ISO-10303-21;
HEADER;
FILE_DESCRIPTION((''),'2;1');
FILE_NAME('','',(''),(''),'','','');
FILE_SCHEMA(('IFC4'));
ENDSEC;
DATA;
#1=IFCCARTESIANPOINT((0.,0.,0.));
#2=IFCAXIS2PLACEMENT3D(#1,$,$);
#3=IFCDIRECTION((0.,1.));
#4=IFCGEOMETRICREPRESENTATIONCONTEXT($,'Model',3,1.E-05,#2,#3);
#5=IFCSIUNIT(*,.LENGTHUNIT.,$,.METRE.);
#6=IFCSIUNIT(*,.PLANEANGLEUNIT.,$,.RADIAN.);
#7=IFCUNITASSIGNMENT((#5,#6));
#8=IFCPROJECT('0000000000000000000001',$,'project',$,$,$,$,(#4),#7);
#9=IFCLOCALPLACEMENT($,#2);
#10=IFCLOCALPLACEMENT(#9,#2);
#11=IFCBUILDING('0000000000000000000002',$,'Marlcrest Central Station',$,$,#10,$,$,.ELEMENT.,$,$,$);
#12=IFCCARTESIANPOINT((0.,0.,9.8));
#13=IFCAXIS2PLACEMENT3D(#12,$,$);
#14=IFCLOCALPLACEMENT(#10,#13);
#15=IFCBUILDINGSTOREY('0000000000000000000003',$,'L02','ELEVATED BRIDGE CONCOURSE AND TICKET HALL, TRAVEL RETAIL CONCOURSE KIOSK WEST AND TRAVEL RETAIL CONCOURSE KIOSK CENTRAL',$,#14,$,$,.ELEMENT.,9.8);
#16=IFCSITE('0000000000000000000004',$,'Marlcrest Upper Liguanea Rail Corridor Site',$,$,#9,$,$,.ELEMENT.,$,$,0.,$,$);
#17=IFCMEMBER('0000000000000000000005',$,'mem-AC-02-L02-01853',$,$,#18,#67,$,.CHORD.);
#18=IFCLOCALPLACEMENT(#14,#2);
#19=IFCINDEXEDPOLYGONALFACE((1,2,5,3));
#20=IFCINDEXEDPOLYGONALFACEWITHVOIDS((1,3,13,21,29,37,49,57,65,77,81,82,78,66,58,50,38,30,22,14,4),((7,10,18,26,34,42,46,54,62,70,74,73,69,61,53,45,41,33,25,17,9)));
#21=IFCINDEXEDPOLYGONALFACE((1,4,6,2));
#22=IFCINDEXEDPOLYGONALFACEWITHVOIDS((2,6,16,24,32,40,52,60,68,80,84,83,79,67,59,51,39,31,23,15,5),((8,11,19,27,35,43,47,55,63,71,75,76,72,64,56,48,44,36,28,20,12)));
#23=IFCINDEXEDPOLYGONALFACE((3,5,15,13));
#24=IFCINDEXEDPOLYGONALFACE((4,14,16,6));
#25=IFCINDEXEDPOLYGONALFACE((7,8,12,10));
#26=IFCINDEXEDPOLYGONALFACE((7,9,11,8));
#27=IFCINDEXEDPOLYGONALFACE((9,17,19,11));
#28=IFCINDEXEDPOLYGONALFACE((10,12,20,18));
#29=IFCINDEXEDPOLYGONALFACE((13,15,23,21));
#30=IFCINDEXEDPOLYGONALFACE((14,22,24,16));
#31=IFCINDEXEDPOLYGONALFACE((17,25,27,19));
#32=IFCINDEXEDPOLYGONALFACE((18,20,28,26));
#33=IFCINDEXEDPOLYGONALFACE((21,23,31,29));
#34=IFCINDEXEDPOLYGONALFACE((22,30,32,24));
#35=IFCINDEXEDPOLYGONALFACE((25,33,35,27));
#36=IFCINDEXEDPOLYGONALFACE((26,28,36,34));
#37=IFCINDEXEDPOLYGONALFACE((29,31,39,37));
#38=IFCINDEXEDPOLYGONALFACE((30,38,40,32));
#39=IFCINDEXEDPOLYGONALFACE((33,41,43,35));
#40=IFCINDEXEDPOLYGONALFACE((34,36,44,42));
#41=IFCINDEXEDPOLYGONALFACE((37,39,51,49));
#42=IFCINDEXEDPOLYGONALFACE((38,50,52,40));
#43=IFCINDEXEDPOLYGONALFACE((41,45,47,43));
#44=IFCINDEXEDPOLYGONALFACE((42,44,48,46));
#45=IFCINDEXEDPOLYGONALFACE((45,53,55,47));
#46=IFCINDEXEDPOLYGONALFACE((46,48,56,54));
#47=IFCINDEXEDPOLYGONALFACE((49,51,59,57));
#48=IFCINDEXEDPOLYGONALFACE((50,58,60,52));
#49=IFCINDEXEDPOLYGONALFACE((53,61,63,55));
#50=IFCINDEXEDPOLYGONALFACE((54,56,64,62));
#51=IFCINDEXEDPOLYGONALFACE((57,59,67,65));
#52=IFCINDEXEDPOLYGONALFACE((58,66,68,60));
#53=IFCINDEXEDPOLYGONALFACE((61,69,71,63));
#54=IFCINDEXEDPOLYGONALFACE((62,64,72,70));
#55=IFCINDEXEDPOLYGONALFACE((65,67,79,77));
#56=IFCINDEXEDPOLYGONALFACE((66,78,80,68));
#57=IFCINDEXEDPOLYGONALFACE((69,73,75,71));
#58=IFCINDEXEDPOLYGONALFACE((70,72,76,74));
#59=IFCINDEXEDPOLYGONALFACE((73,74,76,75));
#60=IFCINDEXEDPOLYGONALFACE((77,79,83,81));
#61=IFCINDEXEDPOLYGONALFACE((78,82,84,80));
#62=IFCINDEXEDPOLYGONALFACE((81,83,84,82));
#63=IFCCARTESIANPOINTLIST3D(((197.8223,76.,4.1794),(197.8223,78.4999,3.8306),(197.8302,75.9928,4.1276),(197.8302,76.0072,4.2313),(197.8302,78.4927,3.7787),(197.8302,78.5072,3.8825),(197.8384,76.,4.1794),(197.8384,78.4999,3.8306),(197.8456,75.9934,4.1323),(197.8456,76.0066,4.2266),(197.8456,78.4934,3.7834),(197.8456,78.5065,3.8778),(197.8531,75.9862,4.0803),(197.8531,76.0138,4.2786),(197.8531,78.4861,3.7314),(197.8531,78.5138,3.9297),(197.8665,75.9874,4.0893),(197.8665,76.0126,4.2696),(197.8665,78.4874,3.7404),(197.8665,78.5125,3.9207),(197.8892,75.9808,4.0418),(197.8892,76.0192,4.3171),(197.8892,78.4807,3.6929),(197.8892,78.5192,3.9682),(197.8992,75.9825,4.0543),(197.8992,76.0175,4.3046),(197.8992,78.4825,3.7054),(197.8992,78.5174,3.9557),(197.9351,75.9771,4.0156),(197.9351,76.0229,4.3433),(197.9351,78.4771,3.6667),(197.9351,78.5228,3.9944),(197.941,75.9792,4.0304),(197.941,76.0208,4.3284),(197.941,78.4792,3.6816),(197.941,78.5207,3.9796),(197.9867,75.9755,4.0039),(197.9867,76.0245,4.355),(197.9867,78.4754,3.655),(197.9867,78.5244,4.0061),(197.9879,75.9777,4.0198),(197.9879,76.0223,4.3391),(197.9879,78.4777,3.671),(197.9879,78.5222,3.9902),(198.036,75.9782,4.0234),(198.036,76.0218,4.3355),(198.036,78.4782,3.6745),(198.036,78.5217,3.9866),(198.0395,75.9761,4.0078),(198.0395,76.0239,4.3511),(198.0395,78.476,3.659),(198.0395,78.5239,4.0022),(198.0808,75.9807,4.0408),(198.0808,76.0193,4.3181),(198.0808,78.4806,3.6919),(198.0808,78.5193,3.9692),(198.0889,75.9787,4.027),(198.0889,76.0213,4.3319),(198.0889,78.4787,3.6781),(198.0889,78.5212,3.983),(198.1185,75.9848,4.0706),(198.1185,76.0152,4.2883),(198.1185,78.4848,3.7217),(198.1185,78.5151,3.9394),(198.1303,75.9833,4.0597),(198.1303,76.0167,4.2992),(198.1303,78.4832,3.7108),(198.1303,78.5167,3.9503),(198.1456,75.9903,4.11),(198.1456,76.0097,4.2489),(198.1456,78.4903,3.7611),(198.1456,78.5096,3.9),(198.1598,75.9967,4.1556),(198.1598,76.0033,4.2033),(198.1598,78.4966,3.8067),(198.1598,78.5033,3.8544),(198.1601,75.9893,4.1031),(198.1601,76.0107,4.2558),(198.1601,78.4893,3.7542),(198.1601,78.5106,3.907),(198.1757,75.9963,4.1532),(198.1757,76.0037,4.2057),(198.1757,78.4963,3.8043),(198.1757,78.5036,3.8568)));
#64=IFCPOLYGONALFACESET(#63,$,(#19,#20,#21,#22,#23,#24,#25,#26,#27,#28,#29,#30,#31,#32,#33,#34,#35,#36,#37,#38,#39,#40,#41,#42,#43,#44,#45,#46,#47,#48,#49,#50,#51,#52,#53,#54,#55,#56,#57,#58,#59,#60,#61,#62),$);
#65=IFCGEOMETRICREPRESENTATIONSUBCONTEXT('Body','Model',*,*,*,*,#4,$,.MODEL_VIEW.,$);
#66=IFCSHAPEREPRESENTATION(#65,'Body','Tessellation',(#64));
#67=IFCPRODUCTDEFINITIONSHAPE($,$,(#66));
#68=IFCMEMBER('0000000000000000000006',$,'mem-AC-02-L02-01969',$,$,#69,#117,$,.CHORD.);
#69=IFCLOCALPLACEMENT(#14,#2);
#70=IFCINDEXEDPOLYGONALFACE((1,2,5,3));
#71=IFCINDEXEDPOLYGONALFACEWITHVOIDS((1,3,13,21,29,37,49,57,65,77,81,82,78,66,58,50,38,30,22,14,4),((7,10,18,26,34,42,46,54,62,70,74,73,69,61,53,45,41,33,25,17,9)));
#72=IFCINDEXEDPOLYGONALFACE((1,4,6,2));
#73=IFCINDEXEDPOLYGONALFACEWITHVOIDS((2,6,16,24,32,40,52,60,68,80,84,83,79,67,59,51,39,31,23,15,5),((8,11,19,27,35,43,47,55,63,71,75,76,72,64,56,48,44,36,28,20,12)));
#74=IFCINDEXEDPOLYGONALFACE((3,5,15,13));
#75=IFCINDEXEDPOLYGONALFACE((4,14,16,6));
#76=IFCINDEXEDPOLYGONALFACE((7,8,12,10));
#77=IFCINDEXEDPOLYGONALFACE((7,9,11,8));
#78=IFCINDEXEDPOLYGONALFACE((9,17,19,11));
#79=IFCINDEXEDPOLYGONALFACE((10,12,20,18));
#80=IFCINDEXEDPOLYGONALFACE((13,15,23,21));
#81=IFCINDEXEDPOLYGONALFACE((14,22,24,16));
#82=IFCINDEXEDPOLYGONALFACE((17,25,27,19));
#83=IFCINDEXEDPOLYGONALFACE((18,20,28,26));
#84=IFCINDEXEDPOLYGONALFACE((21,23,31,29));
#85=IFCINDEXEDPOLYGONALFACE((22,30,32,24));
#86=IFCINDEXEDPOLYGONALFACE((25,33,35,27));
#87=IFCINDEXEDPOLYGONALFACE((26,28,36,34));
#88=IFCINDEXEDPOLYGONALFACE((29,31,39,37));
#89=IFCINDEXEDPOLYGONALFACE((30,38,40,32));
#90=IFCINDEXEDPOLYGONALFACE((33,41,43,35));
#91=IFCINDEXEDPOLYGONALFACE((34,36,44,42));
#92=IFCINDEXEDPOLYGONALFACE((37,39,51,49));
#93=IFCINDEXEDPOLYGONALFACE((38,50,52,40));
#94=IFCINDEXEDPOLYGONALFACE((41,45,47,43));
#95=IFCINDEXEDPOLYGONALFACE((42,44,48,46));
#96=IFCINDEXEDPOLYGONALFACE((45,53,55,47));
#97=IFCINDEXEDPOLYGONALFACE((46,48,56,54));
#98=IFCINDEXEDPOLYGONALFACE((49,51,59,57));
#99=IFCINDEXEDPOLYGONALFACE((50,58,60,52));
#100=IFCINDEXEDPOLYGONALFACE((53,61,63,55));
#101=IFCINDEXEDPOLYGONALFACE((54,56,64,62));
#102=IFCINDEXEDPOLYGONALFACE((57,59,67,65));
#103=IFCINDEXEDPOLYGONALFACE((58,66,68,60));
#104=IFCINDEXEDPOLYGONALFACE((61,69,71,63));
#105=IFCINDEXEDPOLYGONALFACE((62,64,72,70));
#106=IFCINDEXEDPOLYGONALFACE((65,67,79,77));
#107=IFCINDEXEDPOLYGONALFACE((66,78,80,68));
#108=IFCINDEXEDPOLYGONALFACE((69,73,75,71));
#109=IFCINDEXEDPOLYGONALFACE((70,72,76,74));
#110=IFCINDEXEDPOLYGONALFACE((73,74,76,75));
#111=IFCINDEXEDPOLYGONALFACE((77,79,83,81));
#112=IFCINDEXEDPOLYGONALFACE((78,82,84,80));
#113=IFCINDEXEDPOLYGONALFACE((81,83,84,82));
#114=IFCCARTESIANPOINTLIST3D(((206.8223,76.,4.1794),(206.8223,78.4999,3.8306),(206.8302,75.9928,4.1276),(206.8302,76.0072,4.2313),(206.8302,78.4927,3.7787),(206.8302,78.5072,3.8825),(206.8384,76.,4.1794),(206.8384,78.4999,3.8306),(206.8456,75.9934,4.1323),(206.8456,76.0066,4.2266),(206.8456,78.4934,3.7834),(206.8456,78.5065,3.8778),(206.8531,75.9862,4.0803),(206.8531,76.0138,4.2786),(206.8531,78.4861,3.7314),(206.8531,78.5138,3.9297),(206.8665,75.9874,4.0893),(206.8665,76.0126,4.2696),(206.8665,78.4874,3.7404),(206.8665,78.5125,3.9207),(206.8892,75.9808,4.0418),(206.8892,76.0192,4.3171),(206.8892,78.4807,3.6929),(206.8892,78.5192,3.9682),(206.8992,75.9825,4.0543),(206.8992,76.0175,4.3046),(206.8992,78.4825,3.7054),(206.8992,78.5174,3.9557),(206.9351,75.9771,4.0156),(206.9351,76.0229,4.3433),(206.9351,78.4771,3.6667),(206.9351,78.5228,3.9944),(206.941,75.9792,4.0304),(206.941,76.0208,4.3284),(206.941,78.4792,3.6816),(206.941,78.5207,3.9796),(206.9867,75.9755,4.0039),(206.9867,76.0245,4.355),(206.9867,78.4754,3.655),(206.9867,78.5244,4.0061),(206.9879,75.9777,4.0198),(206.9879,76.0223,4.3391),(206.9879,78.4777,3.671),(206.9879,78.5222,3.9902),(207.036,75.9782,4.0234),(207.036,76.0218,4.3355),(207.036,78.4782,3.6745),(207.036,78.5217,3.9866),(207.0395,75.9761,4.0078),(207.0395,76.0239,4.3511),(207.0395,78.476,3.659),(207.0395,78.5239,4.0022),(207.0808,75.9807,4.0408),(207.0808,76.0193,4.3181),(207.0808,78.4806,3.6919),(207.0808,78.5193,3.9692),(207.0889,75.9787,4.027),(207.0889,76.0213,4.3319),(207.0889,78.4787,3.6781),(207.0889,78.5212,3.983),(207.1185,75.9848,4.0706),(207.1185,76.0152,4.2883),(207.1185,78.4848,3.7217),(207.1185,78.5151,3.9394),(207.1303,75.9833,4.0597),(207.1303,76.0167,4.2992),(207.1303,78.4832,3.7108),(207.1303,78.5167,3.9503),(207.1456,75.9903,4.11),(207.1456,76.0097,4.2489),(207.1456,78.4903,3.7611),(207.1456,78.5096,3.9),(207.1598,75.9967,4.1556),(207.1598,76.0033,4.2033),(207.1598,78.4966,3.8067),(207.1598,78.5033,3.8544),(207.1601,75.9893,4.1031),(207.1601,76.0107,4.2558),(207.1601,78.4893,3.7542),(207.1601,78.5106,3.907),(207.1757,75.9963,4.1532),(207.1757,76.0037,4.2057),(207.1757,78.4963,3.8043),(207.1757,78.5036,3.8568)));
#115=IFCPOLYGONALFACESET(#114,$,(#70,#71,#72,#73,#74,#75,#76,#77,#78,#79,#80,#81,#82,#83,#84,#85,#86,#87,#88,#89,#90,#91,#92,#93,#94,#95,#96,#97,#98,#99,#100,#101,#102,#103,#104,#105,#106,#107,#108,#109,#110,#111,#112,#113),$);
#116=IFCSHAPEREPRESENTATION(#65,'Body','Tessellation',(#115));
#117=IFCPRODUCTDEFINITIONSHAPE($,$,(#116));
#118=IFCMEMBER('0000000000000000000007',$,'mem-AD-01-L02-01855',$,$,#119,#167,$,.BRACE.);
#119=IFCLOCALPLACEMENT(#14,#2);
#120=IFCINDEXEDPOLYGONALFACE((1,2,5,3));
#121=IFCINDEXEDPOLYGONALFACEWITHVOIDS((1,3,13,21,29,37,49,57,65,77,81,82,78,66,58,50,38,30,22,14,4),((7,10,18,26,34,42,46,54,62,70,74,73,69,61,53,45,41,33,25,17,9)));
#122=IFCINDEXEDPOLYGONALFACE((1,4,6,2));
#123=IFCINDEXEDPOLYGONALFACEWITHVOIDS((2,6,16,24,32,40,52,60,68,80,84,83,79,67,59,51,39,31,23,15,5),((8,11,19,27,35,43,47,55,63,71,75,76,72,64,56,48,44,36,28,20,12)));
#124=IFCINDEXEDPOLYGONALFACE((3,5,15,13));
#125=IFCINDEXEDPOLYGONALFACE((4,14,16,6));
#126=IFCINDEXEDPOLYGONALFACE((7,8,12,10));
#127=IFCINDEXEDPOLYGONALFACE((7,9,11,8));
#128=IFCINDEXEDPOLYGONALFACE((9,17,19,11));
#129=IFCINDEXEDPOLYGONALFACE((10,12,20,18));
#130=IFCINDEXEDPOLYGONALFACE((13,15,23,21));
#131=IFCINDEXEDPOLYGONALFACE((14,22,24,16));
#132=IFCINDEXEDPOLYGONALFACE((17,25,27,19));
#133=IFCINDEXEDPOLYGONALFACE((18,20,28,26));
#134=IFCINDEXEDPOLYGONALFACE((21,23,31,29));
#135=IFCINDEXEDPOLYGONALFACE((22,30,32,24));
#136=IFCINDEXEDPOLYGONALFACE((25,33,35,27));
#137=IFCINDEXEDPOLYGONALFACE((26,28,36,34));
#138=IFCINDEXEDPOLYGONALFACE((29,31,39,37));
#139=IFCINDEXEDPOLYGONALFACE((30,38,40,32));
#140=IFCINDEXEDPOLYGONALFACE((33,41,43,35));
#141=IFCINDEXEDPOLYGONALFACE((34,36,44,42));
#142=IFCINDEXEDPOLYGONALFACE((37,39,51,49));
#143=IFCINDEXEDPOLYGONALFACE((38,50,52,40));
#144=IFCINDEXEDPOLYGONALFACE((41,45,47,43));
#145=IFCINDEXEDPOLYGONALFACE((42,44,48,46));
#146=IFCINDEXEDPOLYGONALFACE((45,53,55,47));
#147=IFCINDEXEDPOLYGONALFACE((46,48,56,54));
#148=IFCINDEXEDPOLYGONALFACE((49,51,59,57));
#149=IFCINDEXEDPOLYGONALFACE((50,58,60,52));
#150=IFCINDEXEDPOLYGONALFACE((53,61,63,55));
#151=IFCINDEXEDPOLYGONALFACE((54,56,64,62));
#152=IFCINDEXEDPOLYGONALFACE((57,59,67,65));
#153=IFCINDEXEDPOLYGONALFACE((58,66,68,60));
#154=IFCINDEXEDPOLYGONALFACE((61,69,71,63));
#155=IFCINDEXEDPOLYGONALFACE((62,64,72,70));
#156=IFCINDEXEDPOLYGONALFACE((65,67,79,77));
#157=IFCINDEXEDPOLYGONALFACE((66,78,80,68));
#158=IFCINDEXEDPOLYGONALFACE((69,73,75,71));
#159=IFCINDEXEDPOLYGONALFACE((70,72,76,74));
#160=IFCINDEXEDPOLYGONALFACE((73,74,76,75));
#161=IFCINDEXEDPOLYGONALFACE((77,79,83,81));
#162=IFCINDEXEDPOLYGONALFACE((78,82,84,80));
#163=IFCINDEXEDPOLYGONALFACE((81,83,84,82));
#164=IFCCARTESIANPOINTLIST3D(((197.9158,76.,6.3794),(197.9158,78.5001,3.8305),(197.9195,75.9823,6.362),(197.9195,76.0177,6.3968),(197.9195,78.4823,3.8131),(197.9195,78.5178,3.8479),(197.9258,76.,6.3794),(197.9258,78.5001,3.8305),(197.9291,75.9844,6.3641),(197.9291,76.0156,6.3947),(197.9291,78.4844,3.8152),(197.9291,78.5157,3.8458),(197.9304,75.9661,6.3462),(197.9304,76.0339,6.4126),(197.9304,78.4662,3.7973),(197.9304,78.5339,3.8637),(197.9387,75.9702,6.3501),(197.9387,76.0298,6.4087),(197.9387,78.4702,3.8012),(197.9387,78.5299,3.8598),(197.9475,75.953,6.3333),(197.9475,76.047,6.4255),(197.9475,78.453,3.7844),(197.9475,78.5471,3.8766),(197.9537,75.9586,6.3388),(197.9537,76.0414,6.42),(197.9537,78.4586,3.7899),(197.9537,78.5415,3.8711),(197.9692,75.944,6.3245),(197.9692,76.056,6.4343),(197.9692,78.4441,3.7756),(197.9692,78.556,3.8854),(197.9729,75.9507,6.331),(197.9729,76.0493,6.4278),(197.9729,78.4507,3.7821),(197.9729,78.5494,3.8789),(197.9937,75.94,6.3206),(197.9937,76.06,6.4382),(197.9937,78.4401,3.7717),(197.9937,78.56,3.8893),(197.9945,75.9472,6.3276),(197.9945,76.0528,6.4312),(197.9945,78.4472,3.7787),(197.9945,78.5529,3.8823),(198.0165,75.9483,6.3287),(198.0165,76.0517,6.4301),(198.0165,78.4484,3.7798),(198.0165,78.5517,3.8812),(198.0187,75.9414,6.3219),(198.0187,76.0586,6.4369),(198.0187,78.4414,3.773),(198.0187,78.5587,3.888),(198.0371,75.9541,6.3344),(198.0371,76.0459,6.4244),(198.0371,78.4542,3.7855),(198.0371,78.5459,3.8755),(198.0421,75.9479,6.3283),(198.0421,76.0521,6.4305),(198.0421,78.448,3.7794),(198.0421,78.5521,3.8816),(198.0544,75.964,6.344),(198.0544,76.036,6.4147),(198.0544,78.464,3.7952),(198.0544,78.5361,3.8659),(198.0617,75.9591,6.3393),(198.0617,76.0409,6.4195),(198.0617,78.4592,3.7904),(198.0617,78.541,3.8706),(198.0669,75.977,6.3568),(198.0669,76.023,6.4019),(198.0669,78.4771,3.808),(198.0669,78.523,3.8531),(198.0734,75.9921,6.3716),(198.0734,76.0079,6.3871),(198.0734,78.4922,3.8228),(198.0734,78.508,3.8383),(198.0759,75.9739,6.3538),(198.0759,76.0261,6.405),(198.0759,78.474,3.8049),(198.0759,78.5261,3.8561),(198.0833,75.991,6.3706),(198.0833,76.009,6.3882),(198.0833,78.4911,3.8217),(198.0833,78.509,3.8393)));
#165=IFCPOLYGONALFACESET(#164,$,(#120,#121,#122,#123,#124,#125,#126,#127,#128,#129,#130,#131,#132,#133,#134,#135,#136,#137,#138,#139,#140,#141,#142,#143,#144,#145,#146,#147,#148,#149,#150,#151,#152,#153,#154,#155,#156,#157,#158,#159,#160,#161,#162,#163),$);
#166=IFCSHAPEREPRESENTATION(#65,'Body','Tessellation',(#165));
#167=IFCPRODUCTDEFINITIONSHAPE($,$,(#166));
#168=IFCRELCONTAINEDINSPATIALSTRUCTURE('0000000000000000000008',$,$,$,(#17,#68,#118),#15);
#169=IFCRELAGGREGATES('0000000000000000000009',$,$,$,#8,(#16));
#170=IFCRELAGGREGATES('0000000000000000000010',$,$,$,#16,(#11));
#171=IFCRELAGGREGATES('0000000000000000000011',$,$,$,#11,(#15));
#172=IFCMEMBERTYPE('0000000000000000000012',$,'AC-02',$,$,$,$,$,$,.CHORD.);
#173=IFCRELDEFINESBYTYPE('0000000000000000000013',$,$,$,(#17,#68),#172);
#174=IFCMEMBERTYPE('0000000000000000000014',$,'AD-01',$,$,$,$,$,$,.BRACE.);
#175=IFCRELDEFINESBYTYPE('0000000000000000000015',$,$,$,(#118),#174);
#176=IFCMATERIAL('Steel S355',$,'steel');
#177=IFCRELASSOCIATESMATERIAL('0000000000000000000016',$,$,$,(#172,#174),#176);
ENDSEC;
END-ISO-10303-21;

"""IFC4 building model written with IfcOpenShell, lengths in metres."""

from ifc_helpers import new_model, si_unit, direction, frame, origin, origin_2d, place, context, subcontext, project, spatial, hollow_circle, extrude, material, material_profile, profile_set, type_object, element, save


model = new_model("IFC4")

# Units and contexts
model_context = context("Model", 3, precision=1e-05, world=origin(), true_north=direction((0.0, 1.0)))
body_context = subcontext(model_context, "Body", "Model", "MODEL_VIEW")
ifc_project = project(units=[si_unit("LENGTHUNIT", "METRE"), si_unit("PLANEANGLEUNIT", "RADIAN")], contexts=[model_context])

# Site, building, storey
site_placement = place(None, origin())
site = spatial("IfcSite", under=ifc_project, at=site_placement, Name="Marlcrest Upper Liguanea Rail Corridor Site", CompositionType="ELEMENT", RefElevation=0.0)
building_placement = place(site_placement, origin())
building = spatial("IfcBuilding", under=site, at=building_placement, Name="Marlcrest Central Station", CompositionType="ELEMENT")
storey_placement = place(building_placement, frame((0.0, 0.0, 9.8)))
storey = spatial("IfcBuildingStorey", under=building, at=storey_placement, Name="L02", Description="ELEVATED BRIDGE CONCOURSE AND TICKET HALL, TRAVEL RETAIL CONCOURSE KIOSK WEST AND TRAVEL RETAIL CONCOURSE KIOSK CENTRAL", CompositionType="ELEMENT", Elevation=9.8)

# Members
ifc_material = material(Name="Steel S355", Category="steel")
ifc_material_profile_1 = material_profile(ifc_material, hollow_circle(Radius=0.1777, WallThickness=0.0161, at=origin_2d()), Name="CHS 355.6x16")
ifc_profile_set_1 = profile_set([ifc_material_profile_1], Name="Steel S355")
member_type_1 = type_object("IfcMemberType", Name="AC-02", PredefinedType="CHORD", material=ifc_profile_set_1)
for number, where, z_axis, x_axis, name in (
    (1, (198.0, 76.0, 4.1794), (0.0, 0.990403, -0.138211), (-1.0, 0.0, 0.0), "mem-AC-02-L02-01853"),
    (2, (207.0, 76.0, 4.1794), (0.0, 0.990403, -0.138211), (-1.0, 0.0, 0.0), "mem-AC-02-L02-01969"),
):
    element("IfcMember", number, at=place(storey_placement, frame(where, z_axis=z_axis, x_axis=x_axis)), inside=storey, type_object=member_type_1, Name=name, PredefinedType="CHORD", context=body_context, shape_type="SweptSolid", body=[
        extrude(hollow_circle(Radius=0.1777, WallThickness=0.0161, at=origin_2d()), origin(), (0.0, 0.0, 1.0), 2.5242),
    ])
ifc_material_profile_2 = material_profile(ifc_material, hollow_circle(Radius=0.0842, WallThickness=0.01, at=origin_2d()), Name="CHS 168.3x10")
ifc_profile_set_2 = profile_set([ifc_material_profile_2], Name="Steel S355")
member_type_2 = type_object("IfcMemberType", Name="AD-01", PredefinedType="BRACE", material=ifc_profile_set_2)
for number, where, z_axis, x_axis, name in (
    (3, (198.0, 76.0, 6.3794), (0.0, 0.700235, -0.713912), (-1.0, 0.0, 0.0), "mem-AD-01-L02-01855"),
):
    element("IfcMember", number, at=place(storey_placement, frame(where, z_axis=z_axis, x_axis=x_axis)), inside=storey, type_object=member_type_2, Name=name, PredefinedType="BRACE", context=body_context, shape_type="SweptSolid", body=[
        extrude(hollow_circle(Radius=0.0842, WallThickness=0.01, at=origin_2d()), origin(), (0.0, 0.0, 1.0), 3.5703),
    ])

save(model, "model.ifc")
